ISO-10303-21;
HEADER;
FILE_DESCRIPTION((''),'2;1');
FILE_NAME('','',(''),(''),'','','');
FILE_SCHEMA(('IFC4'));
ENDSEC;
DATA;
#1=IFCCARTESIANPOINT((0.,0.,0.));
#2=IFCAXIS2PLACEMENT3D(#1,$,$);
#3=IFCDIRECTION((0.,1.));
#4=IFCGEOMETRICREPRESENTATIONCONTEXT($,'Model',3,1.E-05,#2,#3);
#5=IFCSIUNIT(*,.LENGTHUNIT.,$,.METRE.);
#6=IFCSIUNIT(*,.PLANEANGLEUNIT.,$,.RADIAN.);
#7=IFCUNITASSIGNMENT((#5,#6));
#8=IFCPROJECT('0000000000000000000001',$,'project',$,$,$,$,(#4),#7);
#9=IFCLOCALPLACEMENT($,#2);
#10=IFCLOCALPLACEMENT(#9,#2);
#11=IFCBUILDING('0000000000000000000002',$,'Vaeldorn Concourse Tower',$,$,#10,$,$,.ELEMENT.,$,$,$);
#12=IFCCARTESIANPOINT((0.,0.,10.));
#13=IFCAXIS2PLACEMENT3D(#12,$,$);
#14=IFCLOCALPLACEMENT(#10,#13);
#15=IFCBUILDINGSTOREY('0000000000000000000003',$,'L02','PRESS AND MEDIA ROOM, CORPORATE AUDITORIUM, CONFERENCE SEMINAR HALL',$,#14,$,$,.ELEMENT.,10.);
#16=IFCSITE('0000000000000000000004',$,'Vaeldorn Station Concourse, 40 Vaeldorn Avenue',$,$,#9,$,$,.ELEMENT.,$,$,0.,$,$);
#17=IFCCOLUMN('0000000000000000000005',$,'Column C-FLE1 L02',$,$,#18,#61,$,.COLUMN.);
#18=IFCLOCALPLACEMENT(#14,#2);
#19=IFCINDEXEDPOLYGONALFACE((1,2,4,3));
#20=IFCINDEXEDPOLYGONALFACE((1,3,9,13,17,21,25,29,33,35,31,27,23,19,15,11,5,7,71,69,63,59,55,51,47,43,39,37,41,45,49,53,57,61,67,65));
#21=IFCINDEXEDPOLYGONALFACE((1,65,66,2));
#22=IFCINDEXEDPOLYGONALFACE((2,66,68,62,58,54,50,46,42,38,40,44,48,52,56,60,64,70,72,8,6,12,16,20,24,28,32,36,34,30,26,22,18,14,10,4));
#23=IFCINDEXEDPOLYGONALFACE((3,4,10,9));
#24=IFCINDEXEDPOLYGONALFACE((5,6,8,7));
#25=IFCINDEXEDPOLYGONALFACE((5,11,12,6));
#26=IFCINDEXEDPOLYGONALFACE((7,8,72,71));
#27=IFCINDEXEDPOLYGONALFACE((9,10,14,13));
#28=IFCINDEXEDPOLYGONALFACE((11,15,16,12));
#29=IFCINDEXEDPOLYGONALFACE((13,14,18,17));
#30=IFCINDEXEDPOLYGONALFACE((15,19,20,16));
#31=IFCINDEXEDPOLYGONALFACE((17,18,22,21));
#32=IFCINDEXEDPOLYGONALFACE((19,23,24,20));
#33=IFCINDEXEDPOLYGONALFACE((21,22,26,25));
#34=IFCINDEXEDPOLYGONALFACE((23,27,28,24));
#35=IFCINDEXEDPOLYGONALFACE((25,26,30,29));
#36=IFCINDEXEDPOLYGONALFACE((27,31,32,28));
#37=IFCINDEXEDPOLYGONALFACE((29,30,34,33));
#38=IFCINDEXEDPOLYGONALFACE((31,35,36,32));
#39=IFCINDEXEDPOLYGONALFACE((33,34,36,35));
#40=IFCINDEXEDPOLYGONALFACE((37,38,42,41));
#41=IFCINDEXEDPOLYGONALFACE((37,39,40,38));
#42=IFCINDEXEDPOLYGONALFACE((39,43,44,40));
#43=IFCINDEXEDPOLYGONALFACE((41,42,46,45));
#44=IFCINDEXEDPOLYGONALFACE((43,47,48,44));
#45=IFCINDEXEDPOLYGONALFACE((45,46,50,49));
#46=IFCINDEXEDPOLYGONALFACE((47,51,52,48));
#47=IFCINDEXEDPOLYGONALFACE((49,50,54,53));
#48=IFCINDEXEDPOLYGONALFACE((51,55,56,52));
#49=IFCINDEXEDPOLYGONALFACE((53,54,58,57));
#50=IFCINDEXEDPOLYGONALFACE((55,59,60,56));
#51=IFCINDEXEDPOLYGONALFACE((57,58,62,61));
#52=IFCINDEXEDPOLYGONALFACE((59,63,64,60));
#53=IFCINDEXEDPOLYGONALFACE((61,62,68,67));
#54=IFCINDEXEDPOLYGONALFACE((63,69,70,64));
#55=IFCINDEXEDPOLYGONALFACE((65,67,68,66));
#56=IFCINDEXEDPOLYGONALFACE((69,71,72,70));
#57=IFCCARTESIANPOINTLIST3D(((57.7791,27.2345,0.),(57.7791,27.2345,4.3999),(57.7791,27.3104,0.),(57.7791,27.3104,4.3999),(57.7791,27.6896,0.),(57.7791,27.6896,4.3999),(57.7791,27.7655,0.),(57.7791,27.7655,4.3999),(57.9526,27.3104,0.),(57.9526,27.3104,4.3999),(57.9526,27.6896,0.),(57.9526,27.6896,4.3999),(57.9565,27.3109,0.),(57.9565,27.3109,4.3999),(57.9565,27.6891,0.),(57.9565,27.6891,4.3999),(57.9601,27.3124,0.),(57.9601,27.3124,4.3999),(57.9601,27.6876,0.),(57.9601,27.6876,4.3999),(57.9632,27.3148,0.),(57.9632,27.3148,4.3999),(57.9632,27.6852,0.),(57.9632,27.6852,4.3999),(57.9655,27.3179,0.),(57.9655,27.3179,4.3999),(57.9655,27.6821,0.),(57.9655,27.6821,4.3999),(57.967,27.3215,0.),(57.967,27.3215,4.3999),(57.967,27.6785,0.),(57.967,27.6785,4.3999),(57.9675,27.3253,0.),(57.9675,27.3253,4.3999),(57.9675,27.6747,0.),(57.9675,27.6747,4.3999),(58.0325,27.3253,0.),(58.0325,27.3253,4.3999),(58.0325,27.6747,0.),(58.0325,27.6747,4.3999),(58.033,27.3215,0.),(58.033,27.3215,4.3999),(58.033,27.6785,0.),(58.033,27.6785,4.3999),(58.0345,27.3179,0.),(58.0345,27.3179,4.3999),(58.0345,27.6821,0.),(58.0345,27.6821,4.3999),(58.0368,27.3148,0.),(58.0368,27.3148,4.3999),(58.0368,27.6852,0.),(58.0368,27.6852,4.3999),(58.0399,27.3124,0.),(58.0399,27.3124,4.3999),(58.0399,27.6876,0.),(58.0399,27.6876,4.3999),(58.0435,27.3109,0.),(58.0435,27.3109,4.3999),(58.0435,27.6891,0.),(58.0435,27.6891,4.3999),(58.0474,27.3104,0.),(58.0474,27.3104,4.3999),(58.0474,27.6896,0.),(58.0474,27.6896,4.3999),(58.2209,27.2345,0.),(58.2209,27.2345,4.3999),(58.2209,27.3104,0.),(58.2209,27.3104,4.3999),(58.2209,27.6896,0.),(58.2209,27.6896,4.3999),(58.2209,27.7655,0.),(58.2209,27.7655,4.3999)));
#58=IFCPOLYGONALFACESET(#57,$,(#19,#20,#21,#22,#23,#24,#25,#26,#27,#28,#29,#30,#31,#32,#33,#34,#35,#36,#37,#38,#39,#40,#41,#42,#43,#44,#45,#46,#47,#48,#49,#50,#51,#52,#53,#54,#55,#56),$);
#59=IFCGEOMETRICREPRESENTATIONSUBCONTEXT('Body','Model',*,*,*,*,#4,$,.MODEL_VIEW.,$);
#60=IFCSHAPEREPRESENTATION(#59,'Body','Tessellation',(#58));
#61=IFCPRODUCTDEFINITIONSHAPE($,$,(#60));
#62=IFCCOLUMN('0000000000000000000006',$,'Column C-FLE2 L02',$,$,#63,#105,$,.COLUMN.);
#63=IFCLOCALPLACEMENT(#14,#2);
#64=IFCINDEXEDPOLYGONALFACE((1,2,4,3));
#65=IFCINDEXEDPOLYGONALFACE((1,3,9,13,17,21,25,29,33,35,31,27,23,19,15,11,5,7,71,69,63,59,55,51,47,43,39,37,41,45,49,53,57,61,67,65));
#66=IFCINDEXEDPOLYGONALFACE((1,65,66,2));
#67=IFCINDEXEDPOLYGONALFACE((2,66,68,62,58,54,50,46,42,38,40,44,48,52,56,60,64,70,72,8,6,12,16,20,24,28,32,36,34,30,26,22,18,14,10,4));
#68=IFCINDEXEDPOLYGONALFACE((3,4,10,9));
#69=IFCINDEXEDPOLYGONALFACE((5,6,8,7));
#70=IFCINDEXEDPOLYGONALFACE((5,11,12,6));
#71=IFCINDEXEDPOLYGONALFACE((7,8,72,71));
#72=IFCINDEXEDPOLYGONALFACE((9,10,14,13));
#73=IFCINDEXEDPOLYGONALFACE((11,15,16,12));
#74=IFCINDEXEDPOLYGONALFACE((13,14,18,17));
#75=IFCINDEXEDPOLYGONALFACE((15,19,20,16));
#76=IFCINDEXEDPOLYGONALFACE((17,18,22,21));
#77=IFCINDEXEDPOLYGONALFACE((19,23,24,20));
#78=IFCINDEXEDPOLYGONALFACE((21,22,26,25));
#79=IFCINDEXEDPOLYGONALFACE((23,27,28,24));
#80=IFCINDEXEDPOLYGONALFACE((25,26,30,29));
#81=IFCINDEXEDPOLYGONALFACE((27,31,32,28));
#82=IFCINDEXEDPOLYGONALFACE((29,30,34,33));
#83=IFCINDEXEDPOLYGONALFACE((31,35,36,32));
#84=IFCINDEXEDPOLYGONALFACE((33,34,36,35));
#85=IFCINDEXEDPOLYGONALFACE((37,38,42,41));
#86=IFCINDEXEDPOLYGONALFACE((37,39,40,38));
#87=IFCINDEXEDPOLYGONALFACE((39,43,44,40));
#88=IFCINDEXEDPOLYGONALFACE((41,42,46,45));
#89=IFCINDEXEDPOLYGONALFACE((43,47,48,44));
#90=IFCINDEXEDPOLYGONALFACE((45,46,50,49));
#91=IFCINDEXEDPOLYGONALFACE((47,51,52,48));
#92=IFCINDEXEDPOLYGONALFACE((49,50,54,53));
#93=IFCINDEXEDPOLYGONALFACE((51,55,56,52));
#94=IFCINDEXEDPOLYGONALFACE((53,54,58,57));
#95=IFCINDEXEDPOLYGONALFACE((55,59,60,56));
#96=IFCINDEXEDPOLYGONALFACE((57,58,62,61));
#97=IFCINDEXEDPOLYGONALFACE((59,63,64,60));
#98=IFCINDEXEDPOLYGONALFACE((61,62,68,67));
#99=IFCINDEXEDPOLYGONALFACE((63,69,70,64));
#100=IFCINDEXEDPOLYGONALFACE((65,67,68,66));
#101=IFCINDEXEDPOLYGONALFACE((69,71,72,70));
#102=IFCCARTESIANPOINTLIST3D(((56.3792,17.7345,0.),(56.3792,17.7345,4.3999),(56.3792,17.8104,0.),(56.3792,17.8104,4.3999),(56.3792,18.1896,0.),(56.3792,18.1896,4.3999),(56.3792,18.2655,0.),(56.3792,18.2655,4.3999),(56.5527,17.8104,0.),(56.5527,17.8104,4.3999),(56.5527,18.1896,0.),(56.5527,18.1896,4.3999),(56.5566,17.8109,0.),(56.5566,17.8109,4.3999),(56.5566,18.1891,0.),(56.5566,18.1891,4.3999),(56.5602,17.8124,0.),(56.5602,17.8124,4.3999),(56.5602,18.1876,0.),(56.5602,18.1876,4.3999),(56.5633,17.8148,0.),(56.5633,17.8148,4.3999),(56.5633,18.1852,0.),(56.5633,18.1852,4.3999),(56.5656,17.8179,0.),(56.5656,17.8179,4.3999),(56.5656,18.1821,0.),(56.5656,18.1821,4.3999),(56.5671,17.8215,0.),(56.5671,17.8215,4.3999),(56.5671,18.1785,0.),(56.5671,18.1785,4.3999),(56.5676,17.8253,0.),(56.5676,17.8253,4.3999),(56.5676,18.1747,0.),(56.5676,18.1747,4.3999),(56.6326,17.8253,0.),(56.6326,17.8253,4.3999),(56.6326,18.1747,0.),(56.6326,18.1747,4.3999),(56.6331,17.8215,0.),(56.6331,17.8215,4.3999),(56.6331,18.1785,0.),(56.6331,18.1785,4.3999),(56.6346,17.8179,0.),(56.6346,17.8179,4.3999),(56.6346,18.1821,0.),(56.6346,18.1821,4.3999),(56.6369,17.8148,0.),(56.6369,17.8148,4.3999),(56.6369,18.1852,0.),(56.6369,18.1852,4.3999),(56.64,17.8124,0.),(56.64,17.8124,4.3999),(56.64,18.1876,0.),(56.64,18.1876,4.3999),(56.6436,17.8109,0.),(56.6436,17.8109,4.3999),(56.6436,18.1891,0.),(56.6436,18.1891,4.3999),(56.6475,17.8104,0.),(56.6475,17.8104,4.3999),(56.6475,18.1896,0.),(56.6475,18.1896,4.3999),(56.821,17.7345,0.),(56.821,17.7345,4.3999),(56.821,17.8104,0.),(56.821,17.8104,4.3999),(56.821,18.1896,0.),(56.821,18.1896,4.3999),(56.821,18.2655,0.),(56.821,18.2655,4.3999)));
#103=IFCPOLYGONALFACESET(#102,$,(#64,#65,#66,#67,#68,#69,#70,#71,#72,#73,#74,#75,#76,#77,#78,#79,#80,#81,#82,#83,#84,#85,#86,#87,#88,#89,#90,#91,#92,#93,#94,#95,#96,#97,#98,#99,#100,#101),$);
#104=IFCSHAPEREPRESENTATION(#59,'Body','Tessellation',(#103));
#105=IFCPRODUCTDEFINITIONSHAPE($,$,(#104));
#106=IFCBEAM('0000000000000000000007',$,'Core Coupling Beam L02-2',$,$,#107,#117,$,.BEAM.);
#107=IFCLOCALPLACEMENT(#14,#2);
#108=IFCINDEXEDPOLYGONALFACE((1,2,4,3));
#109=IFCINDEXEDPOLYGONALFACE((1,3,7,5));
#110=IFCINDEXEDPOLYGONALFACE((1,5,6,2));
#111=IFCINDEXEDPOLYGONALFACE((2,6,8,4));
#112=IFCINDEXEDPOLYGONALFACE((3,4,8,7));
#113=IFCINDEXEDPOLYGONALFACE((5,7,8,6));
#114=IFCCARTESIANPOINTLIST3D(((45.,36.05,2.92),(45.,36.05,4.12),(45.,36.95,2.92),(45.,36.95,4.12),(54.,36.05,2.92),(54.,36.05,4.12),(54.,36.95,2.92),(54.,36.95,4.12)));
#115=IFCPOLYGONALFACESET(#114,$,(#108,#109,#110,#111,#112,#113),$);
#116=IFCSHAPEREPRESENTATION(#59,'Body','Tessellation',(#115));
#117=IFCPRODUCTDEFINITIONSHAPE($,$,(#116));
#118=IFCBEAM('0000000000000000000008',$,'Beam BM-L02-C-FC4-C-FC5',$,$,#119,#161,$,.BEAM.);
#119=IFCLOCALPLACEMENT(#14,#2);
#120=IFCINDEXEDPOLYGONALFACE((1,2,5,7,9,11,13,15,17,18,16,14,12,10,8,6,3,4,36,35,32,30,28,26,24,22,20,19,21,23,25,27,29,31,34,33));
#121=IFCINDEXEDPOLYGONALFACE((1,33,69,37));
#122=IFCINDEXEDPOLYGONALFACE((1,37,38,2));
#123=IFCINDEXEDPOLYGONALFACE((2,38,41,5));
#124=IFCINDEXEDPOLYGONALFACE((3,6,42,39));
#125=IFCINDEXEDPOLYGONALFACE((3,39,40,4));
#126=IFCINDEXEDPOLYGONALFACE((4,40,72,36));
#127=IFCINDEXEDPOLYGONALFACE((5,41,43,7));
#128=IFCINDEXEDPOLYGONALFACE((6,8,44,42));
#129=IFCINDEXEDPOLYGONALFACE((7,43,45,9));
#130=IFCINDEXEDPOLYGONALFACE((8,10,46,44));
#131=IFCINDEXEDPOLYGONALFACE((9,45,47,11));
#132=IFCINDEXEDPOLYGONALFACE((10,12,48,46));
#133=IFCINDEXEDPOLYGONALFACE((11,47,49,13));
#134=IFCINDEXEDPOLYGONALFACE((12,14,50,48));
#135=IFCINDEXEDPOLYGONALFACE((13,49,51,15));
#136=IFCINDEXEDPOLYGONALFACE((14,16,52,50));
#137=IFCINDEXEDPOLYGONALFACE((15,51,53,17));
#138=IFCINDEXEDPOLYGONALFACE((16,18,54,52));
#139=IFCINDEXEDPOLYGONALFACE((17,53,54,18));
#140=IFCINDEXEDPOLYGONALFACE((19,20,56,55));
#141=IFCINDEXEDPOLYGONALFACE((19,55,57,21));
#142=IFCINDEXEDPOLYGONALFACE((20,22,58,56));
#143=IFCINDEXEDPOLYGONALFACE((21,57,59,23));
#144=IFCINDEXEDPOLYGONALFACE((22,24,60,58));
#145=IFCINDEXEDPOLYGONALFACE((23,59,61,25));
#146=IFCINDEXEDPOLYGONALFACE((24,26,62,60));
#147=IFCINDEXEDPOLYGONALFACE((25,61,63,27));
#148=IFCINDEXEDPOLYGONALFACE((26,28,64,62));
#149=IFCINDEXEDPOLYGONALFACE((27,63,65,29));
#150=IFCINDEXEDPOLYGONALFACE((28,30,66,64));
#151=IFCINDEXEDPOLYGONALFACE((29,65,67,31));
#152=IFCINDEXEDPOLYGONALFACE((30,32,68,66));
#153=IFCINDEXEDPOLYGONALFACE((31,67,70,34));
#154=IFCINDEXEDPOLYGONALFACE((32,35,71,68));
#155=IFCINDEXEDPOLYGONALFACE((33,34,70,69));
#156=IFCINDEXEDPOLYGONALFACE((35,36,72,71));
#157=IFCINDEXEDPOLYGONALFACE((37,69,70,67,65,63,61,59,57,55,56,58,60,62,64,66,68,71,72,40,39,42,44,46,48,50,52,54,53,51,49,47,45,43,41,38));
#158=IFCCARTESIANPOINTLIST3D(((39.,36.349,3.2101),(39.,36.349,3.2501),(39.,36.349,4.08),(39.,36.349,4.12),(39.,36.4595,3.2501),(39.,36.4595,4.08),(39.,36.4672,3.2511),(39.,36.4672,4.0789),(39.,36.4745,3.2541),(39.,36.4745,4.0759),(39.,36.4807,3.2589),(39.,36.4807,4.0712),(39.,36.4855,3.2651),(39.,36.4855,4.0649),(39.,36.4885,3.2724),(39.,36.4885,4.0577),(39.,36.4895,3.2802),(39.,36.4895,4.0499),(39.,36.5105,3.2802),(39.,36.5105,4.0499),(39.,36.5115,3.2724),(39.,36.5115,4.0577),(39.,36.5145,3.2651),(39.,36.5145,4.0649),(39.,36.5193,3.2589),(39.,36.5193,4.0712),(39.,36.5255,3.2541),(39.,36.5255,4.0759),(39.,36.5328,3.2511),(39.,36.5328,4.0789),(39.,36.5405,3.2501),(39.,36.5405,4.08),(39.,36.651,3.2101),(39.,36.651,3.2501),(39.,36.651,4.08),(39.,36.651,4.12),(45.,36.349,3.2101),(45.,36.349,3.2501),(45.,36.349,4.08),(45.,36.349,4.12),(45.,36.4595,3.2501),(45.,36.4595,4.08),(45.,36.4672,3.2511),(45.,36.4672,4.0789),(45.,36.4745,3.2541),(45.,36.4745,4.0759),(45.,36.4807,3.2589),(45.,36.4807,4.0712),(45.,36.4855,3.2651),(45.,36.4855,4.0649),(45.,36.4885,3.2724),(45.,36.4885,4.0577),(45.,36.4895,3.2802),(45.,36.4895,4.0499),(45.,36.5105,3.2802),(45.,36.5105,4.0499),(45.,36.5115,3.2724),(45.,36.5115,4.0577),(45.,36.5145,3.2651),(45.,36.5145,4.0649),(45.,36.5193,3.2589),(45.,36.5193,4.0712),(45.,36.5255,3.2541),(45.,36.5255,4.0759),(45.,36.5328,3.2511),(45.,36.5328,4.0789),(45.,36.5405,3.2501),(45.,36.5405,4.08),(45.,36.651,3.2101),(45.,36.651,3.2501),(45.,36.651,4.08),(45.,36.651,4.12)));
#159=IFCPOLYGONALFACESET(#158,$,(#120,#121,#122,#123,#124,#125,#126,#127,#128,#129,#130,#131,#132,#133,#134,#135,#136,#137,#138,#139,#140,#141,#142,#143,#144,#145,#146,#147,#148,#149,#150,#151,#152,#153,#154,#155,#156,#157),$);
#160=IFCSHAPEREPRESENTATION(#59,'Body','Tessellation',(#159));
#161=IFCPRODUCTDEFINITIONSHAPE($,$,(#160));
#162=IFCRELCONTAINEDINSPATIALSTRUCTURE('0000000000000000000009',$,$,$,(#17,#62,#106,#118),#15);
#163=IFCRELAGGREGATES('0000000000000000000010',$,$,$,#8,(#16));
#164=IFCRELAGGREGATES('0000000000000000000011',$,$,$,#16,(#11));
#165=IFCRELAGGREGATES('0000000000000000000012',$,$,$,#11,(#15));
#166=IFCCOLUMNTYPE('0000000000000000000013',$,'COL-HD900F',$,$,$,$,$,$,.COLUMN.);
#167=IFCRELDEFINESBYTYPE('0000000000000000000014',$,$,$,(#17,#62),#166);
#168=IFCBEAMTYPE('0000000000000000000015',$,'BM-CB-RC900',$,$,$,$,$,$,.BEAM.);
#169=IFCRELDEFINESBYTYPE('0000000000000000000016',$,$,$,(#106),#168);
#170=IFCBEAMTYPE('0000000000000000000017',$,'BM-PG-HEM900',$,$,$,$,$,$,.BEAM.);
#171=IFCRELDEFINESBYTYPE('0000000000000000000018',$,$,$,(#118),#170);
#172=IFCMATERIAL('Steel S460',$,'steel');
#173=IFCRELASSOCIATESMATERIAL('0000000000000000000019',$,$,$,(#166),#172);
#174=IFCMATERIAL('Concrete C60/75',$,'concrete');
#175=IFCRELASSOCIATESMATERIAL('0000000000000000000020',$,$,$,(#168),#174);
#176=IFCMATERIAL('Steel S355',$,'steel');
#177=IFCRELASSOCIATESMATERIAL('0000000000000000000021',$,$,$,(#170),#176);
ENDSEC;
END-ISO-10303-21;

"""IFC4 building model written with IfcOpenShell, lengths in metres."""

from ifc_helpers import new_model, si_unit, direction, frame, origin, origin_2d, place, context, subcontext, project, spatial, rectangle, i_section, extrude, source, transform, mapped, material, material_profile, profile_set, type_object, element, save


model = new_model("IFC4")

# Units and contexts
model_context = context("Model", 3, precision=1e-05, world=origin(), true_north=direction((0.0, 1.0)))
body_context = subcontext(model_context, "Body", "Model", "MODEL_VIEW")
ifc_project = project(units=[si_unit("LENGTHUNIT", "METRE"), si_unit("PLANEANGLEUNIT", "RADIAN")], contexts=[model_context])

# Site, building, storey
site_placement = place(None, origin())
site = spatial("IfcSite", under=ifc_project, at=site_placement, Name="Vaeldorn Station Concourse, 40 Vaeldorn Avenue", CompositionType="ELEMENT", RefElevation=0.0)
building_placement = place(site_placement, origin())
building = spatial("IfcBuilding", under=site, at=building_placement, Name="Vaeldorn Concourse Tower", CompositionType="ELEMENT")
storey_placement = place(building_placement, frame((0.0, 0.0, 10.0)))
storey = spatial("IfcBuildingStorey", under=building, at=storey_placement, Name="L02", Description="PRESS AND MEDIA ROOM, CORPORATE AUDITORIUM, CONFERENCE SEMINAR HALL", CompositionType="ELEMENT", Elevation=10.0)

# Columns
ifc_material_1 = material(Name="Concrete C60/75", Category="concrete")
ifc_material_2 = material(Name="Steel S460", Category="steel")
ifc_material_profile_1 = material_profile(ifc_material_2, i_section(OverallWidth=0.4419, OverallDepth=0.531, WebThickness=0.0649, FlangeThickness=0.0759, FilletRadius=0.0149, at=origin_2d()), Name="HD 400x900")
ifc_profile_set_1 = profile_set([ifc_material_profile_1], Name="Steel S460")
column_type_1 = type_object("IfcColumnType", Name="COL-HD900F", PredefinedType="COLUMN", material=ifc_profile_set_1)
shared_shape_1 = source(origin(), body_context, "Body", "SweptSolid", [
    extrude(i_section(OverallWidth=0.4419, OverallDepth=0.531, WebThickness=0.0649, FlangeThickness=0.0759, FilletRadius=0.0149, at=origin_2d()), origin(), (0.0, 0.0, 1.0), 4.3999),
])
for number, where, z_axis, x_axis, name in (
    (1, (58.0, 27.5, 0.0), (0.0, 0.0, 1.0), (1.0, 0.0, 0.0), "Column C-FLE1 L02"),
    (2, (56.6001, 18.0, 0.0), (0.0, 0.0, 1.0), (1.0, 0.0, 0.0), "Column C-FLE2 L02"),
):
    element("IfcColumn", number, at=place(storey_placement, frame(where, z_axis=z_axis, x_axis=x_axis)), inside=storey, type_object=column_type_1, Name=name, PredefinedType="COLUMN", context=body_context, shape_type="MappedRepresentation", body=[
        mapped(shared_shape_1, transform((0.0, 0.0, 0.0), scale=1.0)),
    ])

# Beams
ifc_material_profile_2 = material_profile(ifc_material_1, rectangle(XDim=0.8999, YDim=1.2, at=origin_2d()), Name="RC 900x1200")
ifc_profile_set_2 = profile_set([ifc_material_profile_2], Name="Concrete C60/75")
beam_type_1 = type_object("IfcBeamType", Name="BM-CB-RC900", PredefinedType="BEAM", material=ifc_profile_set_2)
shared_shape_2 = source(origin(), body_context, "Body", "SweptSolid", [
    extrude(rectangle(XDim=0.8999, YDim=1.2, at=origin_2d()), origin(), (0.0, 0.0, 1.0), 9.0),
])
beam_1_placement = place(storey_placement, frame((45.0, 36.5, 3.52), z_axis=(1.0, 0.0, 0.0), x_axis=(0.0, 1.0, 0.0)))
element("IfcBeam", 3, at=beam_1_placement, inside=storey, type_object=beam_type_1, Name="Core Coupling Beam L02-2", PredefinedType="BEAM", context=body_context, shape_type="MappedRepresentation", body=[
    mapped(shared_shape_2, transform((0.0, 0.0, 0.0), scale=1.0)),
])
ifc_material_3 = material(Name="Steel S355", Category="steel")
ifc_material_profile_3 = material_profile(ifc_material_3, i_section(OverallWidth=0.302, OverallDepth=0.9099, WebThickness=0.021, FlangeThickness=0.04, FilletRadius=0.03, at=origin_2d()), Name="HEM 900")
ifc_profile_set_3 = profile_set([ifc_material_profile_3], Name="Steel S355")
beam_type_2 = type_object("IfcBeamType", Name="BM-PG-HEM900", PredefinedType="BEAM", material=ifc_profile_set_3)
shared_shape_3 = source(origin(), body_context, "Body", "SweptSolid", [
    extrude(i_section(OverallWidth=0.302, OverallDepth=0.9099, WebThickness=0.021, FlangeThickness=0.04, FilletRadius=0.03, at=origin_2d()), origin(), (0.0, 0.0, 1.0), 6.0),
])
beam_2_placement = place(storey_placement, frame((39.0, 36.5, 3.665), z_axis=(1.0, 0.0, 0.0), x_axis=(0.0, 1.0, 0.0)))
element("IfcBeam", 4, at=beam_2_placement, inside=storey, type_object=beam_type_2, Name="Beam BM-L02-C-FC4-C-FC5", PredefinedType="BEAM", context=body_context, shape_type="MappedRepresentation", body=[
    mapped(shared_shape_3, transform((0.0, 0.0, 0.0), scale=1.0)),
])

save(model, "model.ifc")
